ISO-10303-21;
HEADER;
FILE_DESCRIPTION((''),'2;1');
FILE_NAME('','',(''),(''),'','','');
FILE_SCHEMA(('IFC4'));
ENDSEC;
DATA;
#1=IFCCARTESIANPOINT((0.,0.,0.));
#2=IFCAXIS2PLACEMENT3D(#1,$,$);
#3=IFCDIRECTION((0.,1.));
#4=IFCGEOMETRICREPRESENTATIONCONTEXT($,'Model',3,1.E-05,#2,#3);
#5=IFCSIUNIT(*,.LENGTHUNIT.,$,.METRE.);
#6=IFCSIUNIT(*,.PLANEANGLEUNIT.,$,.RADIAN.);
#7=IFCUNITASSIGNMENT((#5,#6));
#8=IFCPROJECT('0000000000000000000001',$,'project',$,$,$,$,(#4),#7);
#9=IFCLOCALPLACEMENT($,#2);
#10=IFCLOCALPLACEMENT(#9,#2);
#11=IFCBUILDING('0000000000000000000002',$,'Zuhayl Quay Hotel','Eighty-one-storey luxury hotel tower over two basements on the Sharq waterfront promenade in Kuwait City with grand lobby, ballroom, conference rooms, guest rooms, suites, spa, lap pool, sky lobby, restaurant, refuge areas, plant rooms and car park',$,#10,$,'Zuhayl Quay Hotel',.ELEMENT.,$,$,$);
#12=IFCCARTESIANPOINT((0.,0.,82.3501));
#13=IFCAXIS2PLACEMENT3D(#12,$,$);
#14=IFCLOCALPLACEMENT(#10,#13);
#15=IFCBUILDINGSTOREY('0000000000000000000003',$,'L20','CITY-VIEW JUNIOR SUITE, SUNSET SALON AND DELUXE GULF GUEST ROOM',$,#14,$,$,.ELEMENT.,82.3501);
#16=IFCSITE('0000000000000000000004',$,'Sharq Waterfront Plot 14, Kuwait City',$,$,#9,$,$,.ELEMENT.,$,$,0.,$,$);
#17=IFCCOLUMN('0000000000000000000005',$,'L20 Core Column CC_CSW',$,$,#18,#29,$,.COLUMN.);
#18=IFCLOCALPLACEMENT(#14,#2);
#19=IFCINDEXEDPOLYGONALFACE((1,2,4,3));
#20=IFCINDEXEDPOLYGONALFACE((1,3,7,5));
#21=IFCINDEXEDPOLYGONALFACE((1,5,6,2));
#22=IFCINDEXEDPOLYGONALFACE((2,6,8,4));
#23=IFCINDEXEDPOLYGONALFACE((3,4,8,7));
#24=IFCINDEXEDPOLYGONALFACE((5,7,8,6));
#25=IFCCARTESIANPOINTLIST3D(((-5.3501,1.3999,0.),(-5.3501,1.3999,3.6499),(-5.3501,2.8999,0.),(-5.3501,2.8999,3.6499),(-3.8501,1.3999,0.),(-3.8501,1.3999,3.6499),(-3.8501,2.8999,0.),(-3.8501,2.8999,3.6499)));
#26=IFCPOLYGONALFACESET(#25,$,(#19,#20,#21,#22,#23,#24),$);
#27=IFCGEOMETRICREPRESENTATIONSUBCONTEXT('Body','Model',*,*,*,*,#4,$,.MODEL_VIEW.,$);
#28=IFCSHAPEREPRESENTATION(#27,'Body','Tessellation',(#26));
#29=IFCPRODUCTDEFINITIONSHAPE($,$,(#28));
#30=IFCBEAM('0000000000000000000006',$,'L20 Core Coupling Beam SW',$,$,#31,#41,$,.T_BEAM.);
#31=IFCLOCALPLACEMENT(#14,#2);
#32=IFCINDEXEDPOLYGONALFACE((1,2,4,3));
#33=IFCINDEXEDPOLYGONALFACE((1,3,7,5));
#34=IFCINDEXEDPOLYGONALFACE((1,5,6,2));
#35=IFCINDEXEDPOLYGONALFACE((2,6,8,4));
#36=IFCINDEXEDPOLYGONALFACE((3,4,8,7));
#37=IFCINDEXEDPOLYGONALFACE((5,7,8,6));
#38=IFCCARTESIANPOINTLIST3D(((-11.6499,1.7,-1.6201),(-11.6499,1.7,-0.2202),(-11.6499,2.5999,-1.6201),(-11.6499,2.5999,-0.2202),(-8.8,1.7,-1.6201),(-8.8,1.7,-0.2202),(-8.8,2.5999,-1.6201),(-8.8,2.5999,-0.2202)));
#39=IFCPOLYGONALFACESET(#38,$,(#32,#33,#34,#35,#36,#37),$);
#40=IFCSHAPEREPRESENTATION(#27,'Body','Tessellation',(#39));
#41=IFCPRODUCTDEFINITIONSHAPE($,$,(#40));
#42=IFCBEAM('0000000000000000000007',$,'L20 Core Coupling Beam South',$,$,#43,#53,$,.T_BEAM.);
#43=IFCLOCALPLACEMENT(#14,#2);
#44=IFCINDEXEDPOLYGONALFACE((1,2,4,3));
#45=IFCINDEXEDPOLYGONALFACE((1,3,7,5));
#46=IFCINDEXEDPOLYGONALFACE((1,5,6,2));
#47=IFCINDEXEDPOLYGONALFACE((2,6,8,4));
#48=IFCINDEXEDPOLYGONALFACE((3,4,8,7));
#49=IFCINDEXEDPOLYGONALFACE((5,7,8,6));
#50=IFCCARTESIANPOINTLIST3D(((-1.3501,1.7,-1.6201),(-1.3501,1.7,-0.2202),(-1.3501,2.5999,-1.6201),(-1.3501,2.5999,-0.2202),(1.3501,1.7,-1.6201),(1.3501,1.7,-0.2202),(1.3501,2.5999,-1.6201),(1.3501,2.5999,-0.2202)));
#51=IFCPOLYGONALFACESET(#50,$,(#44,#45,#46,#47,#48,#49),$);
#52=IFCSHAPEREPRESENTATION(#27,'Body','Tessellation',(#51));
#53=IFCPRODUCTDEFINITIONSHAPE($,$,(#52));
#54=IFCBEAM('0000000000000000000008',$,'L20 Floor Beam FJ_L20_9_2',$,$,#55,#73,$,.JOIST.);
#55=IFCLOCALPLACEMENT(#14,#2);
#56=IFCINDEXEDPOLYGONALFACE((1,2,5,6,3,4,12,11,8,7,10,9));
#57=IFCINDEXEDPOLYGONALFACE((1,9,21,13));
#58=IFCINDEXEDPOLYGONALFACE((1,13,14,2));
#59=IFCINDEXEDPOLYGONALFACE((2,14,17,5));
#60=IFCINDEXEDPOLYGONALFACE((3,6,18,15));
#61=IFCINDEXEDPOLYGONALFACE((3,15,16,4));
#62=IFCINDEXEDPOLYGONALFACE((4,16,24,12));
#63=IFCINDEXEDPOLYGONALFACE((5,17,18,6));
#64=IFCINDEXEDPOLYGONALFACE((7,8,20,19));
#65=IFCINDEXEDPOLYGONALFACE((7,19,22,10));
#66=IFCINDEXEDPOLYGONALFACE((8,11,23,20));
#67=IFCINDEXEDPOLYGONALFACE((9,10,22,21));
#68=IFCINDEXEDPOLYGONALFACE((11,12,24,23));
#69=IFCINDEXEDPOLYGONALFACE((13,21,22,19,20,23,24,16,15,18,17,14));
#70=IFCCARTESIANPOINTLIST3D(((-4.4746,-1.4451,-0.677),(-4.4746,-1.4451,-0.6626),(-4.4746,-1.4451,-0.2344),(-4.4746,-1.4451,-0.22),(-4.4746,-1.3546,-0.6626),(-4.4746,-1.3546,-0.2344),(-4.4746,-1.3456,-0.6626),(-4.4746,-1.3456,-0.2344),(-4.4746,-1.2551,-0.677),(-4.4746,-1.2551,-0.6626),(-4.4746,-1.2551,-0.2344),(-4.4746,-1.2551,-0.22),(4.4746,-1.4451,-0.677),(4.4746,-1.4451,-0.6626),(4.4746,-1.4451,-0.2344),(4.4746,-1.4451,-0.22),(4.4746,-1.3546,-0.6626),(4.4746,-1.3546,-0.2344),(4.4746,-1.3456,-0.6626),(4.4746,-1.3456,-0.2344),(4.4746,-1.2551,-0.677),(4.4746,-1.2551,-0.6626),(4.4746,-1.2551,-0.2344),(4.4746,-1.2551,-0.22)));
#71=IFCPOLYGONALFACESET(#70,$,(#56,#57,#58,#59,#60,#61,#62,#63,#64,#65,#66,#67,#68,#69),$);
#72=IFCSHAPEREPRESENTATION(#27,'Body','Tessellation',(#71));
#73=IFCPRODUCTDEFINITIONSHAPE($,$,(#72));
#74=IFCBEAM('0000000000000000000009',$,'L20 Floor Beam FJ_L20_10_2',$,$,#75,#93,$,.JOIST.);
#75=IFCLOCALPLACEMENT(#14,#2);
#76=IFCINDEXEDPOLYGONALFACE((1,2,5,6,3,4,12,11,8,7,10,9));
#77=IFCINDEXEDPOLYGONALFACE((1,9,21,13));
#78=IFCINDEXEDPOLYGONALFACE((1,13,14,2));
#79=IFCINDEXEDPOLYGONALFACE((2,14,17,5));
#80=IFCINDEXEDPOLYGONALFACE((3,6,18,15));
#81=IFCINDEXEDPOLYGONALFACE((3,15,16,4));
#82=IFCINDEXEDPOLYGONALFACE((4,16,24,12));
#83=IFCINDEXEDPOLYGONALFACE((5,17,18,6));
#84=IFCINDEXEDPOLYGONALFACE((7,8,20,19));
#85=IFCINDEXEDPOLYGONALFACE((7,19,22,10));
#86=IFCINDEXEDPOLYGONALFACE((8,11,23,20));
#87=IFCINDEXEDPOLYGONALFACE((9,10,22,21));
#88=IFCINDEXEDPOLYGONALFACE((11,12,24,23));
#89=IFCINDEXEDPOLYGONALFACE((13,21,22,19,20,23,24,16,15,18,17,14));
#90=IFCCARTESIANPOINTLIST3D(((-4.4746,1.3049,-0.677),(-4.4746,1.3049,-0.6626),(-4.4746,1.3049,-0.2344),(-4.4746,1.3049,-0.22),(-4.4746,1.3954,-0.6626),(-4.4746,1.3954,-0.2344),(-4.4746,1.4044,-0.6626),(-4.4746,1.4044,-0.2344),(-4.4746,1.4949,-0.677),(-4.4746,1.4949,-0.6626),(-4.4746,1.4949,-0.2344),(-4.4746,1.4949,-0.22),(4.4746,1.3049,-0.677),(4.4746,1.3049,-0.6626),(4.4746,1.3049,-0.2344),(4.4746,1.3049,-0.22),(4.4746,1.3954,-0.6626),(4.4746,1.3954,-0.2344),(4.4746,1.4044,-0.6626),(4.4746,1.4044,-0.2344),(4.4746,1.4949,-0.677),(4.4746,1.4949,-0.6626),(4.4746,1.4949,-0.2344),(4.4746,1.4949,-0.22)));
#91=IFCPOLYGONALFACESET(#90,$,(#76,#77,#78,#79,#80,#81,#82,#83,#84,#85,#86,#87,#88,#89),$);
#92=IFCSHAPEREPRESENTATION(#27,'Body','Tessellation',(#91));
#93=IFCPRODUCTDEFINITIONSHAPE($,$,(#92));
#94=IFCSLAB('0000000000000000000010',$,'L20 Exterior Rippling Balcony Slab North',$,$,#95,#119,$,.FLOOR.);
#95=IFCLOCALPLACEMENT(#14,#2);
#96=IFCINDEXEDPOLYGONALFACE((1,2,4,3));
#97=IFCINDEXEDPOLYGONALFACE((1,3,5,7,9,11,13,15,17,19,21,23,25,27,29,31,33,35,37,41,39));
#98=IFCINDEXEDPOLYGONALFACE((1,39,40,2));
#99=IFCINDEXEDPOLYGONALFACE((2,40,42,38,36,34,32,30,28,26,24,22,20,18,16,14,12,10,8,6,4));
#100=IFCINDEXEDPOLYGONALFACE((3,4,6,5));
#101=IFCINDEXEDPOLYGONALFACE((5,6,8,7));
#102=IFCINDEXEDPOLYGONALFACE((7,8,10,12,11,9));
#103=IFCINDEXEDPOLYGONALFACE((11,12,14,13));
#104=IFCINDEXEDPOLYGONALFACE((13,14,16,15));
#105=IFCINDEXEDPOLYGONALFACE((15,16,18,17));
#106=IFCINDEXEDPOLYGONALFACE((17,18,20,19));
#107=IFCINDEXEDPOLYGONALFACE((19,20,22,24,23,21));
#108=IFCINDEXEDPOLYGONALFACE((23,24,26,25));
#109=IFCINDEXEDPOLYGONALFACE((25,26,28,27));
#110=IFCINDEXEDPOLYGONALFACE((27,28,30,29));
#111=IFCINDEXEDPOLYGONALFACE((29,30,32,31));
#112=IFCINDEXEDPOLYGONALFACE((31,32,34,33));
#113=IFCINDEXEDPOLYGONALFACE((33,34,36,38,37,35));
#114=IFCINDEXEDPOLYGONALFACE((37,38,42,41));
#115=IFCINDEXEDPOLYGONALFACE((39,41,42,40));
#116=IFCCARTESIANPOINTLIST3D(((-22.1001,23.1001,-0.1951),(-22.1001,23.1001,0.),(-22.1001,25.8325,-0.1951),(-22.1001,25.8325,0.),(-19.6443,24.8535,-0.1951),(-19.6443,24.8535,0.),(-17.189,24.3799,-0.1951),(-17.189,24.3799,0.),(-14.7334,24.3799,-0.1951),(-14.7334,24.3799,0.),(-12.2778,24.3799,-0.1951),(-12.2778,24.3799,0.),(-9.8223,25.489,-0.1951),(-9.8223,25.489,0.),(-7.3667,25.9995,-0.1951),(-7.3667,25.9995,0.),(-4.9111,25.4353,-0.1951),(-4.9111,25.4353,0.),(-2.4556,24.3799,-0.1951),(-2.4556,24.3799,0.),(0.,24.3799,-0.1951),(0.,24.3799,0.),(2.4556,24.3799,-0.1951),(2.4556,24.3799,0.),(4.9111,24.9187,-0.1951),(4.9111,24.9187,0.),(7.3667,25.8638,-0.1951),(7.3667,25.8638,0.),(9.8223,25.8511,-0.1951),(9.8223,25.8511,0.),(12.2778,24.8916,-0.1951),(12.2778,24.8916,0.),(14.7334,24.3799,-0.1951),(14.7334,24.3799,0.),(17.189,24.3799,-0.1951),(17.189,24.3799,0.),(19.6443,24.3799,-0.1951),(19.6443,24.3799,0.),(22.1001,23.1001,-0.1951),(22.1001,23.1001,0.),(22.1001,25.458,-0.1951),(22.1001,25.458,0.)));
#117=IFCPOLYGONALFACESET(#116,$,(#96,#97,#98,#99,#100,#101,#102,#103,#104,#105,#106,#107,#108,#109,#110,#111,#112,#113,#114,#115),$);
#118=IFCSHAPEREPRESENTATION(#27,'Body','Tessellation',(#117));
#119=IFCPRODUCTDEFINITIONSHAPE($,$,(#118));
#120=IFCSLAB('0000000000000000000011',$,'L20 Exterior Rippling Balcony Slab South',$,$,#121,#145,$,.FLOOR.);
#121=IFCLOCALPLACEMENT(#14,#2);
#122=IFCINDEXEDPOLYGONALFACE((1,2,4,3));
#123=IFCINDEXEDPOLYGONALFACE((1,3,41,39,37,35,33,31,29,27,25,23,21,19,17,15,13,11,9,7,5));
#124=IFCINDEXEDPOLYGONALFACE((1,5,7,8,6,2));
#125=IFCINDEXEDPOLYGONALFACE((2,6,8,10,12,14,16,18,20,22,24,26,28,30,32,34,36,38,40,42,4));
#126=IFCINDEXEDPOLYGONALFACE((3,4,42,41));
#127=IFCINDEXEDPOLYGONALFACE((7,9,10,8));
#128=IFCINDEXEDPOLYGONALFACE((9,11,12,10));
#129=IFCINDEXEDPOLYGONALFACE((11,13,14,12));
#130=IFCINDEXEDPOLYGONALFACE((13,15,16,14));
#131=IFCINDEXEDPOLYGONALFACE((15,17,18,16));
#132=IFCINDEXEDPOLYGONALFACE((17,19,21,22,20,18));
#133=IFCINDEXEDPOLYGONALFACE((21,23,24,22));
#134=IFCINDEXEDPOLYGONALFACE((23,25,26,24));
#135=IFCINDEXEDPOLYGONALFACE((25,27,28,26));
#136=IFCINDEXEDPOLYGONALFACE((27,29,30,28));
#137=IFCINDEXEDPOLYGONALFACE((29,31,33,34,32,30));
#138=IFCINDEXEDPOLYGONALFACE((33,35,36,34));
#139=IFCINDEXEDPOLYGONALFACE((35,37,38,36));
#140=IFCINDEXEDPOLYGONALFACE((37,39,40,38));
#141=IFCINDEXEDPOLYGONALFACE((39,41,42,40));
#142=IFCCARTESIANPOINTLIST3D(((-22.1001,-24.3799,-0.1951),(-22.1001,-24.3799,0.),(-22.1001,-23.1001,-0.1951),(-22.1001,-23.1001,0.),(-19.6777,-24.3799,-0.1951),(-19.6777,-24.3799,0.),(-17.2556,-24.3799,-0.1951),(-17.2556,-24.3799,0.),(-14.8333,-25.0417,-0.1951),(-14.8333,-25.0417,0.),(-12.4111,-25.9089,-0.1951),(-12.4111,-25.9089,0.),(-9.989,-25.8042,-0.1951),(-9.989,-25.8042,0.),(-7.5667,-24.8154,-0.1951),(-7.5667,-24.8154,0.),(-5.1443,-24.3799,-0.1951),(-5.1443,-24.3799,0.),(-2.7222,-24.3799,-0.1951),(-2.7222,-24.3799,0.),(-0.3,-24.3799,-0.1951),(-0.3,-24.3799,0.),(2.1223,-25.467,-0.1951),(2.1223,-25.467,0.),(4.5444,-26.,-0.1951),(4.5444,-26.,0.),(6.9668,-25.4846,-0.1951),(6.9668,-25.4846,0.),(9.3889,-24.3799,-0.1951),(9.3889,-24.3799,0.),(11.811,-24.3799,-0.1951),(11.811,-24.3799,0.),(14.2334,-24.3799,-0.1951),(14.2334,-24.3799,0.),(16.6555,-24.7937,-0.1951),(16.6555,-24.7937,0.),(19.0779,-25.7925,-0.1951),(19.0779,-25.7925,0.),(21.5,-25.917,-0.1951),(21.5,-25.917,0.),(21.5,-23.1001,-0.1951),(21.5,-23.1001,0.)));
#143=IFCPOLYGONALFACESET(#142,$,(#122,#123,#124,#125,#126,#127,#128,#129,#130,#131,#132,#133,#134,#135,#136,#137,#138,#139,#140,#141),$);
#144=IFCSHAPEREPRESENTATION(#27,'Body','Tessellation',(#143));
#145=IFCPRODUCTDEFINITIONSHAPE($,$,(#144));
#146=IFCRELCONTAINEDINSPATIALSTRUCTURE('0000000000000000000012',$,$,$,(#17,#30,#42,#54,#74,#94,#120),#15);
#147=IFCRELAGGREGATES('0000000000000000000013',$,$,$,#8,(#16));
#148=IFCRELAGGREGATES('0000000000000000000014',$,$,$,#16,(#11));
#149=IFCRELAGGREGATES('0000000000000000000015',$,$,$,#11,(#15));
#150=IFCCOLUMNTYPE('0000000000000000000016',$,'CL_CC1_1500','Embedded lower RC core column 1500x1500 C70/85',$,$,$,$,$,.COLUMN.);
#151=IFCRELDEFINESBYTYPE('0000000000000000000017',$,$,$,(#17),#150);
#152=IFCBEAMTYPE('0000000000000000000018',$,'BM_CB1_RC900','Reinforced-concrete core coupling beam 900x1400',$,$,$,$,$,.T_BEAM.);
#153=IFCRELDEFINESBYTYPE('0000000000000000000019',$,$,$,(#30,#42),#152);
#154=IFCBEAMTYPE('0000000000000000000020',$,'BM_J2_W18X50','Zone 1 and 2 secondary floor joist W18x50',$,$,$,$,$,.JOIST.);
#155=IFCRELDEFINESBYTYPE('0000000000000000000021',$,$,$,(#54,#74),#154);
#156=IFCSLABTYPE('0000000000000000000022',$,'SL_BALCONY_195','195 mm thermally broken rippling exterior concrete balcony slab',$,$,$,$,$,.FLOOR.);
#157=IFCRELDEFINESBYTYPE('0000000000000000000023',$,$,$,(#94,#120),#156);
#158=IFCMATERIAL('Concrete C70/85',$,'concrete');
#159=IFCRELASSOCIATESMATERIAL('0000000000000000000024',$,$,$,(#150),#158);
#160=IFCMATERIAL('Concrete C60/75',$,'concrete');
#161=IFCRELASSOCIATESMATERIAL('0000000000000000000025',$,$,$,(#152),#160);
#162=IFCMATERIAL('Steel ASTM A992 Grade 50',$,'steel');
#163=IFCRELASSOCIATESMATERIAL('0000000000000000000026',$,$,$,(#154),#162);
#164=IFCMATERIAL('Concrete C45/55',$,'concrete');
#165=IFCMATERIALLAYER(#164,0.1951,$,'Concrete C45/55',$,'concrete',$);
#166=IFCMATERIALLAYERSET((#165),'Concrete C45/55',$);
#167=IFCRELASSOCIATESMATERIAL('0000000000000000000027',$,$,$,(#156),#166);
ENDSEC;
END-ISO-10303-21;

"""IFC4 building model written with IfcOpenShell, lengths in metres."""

from ifc_helpers import new_model, si_unit, direction, frame, origin, origin_2d, place, context, subcontext, project, spatial, polyline, rectangle, i_section, outline, extrude, material, layer, layer_set, material_profile, profile_set, type_object, element, save


model = new_model("IFC4")

# Units and contexts
model_context = context("Model", 3, precision=1e-05, world=origin(), true_north=direction((0.0, 1.0)))
body_context = subcontext(model_context, "Body", "Model", "MODEL_VIEW")
ifc_project = project(units=[si_unit("LENGTHUNIT", "METRE"), si_unit("PLANEANGLEUNIT", "RADIAN")], contexts=[model_context])

# Site, building, storey
site_placement = place(None, origin())
site = spatial("IfcSite", under=ifc_project, at=site_placement, Name="Sharq Waterfront Plot 14, Kuwait City", CompositionType="ELEMENT", RefElevation=0.0)
building_placement = place(site_placement, origin())
building = spatial("IfcBuilding", under=site, at=building_placement, Name="Zuhayl Quay Hotel", Description="Eighty-one-storey luxury hotel tower over two basements on the Sharq waterfront promenade in Kuwait City with grand lobby, ballroom, conference rooms, guest rooms, suites, spa, lap pool, sky lobby, restaurant, refuge areas, plant rooms and car park", LongName="Zuhayl Quay Hotel", CompositionType="ELEMENT")
storey_placement = place(building_placement, frame((0.0, 0.0, 82.3501)))
storey = spatial("IfcBuildingStorey", under=building, at=storey_placement, Name="L20", Description="CITY-VIEW JUNIOR SUITE, SUNSET SALON AND DELUXE GULF GUEST ROOM", CompositionType="ELEMENT", Elevation=82.3501)

# Column
ifc_material_1 = material(Name="Concrete C70/85", Category="concrete")
ifc_material_profile_1 = material_profile(ifc_material_1, rectangle(XDim=1.5, YDim=1.5, at=origin_2d()), Name="RC1500X1500")
ifc_profile_set_1 = profile_set([ifc_material_profile_1], Name="Concrete C70/85")
column_type = type_object("IfcColumnType", Name="CL_CC1_1500", Description="Embedded lower RC core column 1500x1500 C70/85", PredefinedType="COLUMN", material=ifc_profile_set_1)
column_placement = place(storey_placement, frame((-4.6001, 2.1499, 0.0), z_axis=(0.0, 0.0, 1.0), x_axis=(1.0, 0.0, 0.0)))
element("IfcColumn", 1, at=column_placement, inside=storey, type_object=column_type, Name="L20 Core Column CC_CSW", PredefinedType="COLUMN", context=body_context, shape_type="SweptSolid", body=[
    extrude(rectangle(XDim=1.5, YDim=1.5, at=origin_2d()), origin(), (0.0, 0.0, 1.0), 3.6499),
])

# Beams
ifc_material_2 = material(Name="Concrete C60/75", Category="concrete")
ifc_material_profile_2 = material_profile(ifc_material_2, rectangle(XDim=0.8999, YDim=1.3999, at=origin_2d()), Name="RC900X1400")
ifc_profile_set_2 = profile_set([ifc_material_profile_2], Name="Concrete C60/75")
beam_type_1 = type_object("IfcBeamType", Name="BM_CB1_RC900", Description="Reinforced-concrete core coupling beam 900x1400", PredefinedType="T_BEAM", material=ifc_profile_set_2)
beam_1_placement = place(storey_placement, frame((-11.6499, 2.1499, -0.9202), z_axis=(1.0, 0.0, 0.0), x_axis=(0.0, 1.0, 0.0)))
element("IfcBeam", 2, at=beam_1_placement, inside=storey, type_object=beam_type_1, Name="L20 Core Coupling Beam SW", PredefinedType="T_BEAM", context=body_context, shape_type="SweptSolid", body=[
    extrude(rectangle(XDim=0.8999, YDim=1.3999, at=origin_2d()), origin(), (0.0, 0.0, 1.0), 2.8499),
])
beam_2_placement = place(storey_placement, frame((-1.3501, 2.1499, -0.9202), z_axis=(1.0, 0.0, 0.0), x_axis=(0.0, 1.0, 0.0)))
element("IfcBeam", 3, at=beam_2_placement, inside=storey, type_object=beam_type_1, Name="L20 Core Coupling Beam South", PredefinedType="T_BEAM", context=body_context, shape_type="SweptSolid", body=[
    extrude(rectangle(XDim=0.8999, YDim=1.3999, at=origin_2d()), origin(), (0.0, 0.0, 1.0), 2.7002),
])
ifc_material_3 = material(Name="Steel ASTM A992 Grade 50", Category="steel")
ifc_material_profile_3 = material_profile(ifc_material_3, i_section(OverallWidth=0.1899, OverallDepth=0.457, WebThickness=0.009, FlangeThickness=0.0144, at=origin_2d()), Name="W18X50")
ifc_profile_set_3 = profile_set([ifc_material_profile_3], Name="Steel ASTM A992 Grade 50")
beam_type_2 = type_object("IfcBeamType", Name="BM_J2_W18X50", Description="Zone 1 and 2 secondary floor joist W18x50", PredefinedType="JOIST", material=ifc_profile_set_3)
for number, where, z_axis, x_axis, name in (
    (4, (-4.4746, -1.3501, -0.4485), (1.0, 0.0, 0.0), (0.0, 1.0, 0.0), "L20 Floor Beam FJ_L20_9_2"),
    (5, (-4.4746, 1.3999, -0.4485), (1.0, 0.0, 0.0), (0.0, 1.0, 0.0), "L20 Floor Beam FJ_L20_10_2"),
):
    element("IfcBeam", number, at=place(storey_placement, frame(where, z_axis=z_axis, x_axis=x_axis)), inside=storey, type_object=beam_type_2, Name=name, PredefinedType="JOIST", context=body_context, shape_type="SweptSolid", body=[
        extrude(i_section(OverallWidth=0.1899, OverallDepth=0.457, WebThickness=0.009, FlangeThickness=0.0144, at=origin_2d()), origin(), (0.0, 0.0, 1.0), 8.9492),
    ])

# Slabs
ifc_material_4 = material(Name="Concrete C45/55", Category="concrete")
ifc_layer_1 = layer(ifc_material_4, 0.1951, Name="Concrete C45/55", Category="concrete")
ifc_layer_set_1 = layer_set([ifc_layer_1], Name="Concrete C45/55")
slab_type_1 = type_object("IfcSlabType", Name="SL_BALCONY_195", Description="195 mm thermally broken rippling exterior concrete balcony slab", PredefinedType="FLOOR", material=ifc_layer_set_1)
slab_1_placement = place(storey_placement, frame((0.0, 0.0, -0.1951)))
element("IfcSlab", 6, at=slab_1_placement, inside=storey, type_object=slab_type_1, Name="L20 Exterior Rippling Balcony Slab North", PredefinedType="FLOOR", context=body_context, shape_type="SweptSolid", body=[
    extrude(outline(polyline([(-22.1001, 23.1001), (22.1001, 23.1001), (22.1001, 25.458), (19.6443, 24.3799), (17.189, 24.3799), (14.7334, 24.3799), (12.2778, 24.8916), (9.8223, 25.8511), (7.3667, 25.8638), (4.9111, 24.9187), (2.4556, 24.3799), (0.0, 24.3799), (-2.4556, 24.3799), (-4.9111, 25.4353), (-7.3667, 25.9995), (-9.8223, 25.489), (-12.2778, 24.3799), (-14.7334, 24.3799), (-17.189, 24.3799), (-19.6443, 24.8535), (-22.1001, 25.8325), (-22.1001, 23.1001)])), origin(), (0.0, 0.0, 1.0), 0.1951),
])
slab_2_placement = place(storey_placement, frame((0.0, 0.0, -0.1951)))
element("IfcSlab", 7, at=slab_2_placement, inside=storey, type_object=slab_type_1, Name="L20 Exterior Rippling Balcony Slab South", PredefinedType="FLOOR", context=body_context, shape_type="SweptSolid", body=[
    extrude(outline(polyline([(-22.1001, -24.3799), (-19.6777, -24.3799), (-17.2556, -24.3799), (-14.8333, -25.0417), (-12.4111, -25.9089), (-9.989, -25.8042), (-7.5667, -24.8154), (-5.1443, -24.3799), (-2.7222, -24.3799), (-0.3, -24.3799), (2.1223, -25.467), (4.5444, -26.0), (6.9668, -25.4846), (9.3889, -24.3799), (11.811, -24.3799), (14.2334, -24.3799), (16.6555, -24.7937), (19.0779, -25.7925), (21.5, -25.917), (21.5, -23.1001), (-22.1001, -23.1001), (-22.1001, -24.3799)])), origin(), (0.0, 0.0, 1.0), 0.1951),
])

save(model, "model.ifc")
